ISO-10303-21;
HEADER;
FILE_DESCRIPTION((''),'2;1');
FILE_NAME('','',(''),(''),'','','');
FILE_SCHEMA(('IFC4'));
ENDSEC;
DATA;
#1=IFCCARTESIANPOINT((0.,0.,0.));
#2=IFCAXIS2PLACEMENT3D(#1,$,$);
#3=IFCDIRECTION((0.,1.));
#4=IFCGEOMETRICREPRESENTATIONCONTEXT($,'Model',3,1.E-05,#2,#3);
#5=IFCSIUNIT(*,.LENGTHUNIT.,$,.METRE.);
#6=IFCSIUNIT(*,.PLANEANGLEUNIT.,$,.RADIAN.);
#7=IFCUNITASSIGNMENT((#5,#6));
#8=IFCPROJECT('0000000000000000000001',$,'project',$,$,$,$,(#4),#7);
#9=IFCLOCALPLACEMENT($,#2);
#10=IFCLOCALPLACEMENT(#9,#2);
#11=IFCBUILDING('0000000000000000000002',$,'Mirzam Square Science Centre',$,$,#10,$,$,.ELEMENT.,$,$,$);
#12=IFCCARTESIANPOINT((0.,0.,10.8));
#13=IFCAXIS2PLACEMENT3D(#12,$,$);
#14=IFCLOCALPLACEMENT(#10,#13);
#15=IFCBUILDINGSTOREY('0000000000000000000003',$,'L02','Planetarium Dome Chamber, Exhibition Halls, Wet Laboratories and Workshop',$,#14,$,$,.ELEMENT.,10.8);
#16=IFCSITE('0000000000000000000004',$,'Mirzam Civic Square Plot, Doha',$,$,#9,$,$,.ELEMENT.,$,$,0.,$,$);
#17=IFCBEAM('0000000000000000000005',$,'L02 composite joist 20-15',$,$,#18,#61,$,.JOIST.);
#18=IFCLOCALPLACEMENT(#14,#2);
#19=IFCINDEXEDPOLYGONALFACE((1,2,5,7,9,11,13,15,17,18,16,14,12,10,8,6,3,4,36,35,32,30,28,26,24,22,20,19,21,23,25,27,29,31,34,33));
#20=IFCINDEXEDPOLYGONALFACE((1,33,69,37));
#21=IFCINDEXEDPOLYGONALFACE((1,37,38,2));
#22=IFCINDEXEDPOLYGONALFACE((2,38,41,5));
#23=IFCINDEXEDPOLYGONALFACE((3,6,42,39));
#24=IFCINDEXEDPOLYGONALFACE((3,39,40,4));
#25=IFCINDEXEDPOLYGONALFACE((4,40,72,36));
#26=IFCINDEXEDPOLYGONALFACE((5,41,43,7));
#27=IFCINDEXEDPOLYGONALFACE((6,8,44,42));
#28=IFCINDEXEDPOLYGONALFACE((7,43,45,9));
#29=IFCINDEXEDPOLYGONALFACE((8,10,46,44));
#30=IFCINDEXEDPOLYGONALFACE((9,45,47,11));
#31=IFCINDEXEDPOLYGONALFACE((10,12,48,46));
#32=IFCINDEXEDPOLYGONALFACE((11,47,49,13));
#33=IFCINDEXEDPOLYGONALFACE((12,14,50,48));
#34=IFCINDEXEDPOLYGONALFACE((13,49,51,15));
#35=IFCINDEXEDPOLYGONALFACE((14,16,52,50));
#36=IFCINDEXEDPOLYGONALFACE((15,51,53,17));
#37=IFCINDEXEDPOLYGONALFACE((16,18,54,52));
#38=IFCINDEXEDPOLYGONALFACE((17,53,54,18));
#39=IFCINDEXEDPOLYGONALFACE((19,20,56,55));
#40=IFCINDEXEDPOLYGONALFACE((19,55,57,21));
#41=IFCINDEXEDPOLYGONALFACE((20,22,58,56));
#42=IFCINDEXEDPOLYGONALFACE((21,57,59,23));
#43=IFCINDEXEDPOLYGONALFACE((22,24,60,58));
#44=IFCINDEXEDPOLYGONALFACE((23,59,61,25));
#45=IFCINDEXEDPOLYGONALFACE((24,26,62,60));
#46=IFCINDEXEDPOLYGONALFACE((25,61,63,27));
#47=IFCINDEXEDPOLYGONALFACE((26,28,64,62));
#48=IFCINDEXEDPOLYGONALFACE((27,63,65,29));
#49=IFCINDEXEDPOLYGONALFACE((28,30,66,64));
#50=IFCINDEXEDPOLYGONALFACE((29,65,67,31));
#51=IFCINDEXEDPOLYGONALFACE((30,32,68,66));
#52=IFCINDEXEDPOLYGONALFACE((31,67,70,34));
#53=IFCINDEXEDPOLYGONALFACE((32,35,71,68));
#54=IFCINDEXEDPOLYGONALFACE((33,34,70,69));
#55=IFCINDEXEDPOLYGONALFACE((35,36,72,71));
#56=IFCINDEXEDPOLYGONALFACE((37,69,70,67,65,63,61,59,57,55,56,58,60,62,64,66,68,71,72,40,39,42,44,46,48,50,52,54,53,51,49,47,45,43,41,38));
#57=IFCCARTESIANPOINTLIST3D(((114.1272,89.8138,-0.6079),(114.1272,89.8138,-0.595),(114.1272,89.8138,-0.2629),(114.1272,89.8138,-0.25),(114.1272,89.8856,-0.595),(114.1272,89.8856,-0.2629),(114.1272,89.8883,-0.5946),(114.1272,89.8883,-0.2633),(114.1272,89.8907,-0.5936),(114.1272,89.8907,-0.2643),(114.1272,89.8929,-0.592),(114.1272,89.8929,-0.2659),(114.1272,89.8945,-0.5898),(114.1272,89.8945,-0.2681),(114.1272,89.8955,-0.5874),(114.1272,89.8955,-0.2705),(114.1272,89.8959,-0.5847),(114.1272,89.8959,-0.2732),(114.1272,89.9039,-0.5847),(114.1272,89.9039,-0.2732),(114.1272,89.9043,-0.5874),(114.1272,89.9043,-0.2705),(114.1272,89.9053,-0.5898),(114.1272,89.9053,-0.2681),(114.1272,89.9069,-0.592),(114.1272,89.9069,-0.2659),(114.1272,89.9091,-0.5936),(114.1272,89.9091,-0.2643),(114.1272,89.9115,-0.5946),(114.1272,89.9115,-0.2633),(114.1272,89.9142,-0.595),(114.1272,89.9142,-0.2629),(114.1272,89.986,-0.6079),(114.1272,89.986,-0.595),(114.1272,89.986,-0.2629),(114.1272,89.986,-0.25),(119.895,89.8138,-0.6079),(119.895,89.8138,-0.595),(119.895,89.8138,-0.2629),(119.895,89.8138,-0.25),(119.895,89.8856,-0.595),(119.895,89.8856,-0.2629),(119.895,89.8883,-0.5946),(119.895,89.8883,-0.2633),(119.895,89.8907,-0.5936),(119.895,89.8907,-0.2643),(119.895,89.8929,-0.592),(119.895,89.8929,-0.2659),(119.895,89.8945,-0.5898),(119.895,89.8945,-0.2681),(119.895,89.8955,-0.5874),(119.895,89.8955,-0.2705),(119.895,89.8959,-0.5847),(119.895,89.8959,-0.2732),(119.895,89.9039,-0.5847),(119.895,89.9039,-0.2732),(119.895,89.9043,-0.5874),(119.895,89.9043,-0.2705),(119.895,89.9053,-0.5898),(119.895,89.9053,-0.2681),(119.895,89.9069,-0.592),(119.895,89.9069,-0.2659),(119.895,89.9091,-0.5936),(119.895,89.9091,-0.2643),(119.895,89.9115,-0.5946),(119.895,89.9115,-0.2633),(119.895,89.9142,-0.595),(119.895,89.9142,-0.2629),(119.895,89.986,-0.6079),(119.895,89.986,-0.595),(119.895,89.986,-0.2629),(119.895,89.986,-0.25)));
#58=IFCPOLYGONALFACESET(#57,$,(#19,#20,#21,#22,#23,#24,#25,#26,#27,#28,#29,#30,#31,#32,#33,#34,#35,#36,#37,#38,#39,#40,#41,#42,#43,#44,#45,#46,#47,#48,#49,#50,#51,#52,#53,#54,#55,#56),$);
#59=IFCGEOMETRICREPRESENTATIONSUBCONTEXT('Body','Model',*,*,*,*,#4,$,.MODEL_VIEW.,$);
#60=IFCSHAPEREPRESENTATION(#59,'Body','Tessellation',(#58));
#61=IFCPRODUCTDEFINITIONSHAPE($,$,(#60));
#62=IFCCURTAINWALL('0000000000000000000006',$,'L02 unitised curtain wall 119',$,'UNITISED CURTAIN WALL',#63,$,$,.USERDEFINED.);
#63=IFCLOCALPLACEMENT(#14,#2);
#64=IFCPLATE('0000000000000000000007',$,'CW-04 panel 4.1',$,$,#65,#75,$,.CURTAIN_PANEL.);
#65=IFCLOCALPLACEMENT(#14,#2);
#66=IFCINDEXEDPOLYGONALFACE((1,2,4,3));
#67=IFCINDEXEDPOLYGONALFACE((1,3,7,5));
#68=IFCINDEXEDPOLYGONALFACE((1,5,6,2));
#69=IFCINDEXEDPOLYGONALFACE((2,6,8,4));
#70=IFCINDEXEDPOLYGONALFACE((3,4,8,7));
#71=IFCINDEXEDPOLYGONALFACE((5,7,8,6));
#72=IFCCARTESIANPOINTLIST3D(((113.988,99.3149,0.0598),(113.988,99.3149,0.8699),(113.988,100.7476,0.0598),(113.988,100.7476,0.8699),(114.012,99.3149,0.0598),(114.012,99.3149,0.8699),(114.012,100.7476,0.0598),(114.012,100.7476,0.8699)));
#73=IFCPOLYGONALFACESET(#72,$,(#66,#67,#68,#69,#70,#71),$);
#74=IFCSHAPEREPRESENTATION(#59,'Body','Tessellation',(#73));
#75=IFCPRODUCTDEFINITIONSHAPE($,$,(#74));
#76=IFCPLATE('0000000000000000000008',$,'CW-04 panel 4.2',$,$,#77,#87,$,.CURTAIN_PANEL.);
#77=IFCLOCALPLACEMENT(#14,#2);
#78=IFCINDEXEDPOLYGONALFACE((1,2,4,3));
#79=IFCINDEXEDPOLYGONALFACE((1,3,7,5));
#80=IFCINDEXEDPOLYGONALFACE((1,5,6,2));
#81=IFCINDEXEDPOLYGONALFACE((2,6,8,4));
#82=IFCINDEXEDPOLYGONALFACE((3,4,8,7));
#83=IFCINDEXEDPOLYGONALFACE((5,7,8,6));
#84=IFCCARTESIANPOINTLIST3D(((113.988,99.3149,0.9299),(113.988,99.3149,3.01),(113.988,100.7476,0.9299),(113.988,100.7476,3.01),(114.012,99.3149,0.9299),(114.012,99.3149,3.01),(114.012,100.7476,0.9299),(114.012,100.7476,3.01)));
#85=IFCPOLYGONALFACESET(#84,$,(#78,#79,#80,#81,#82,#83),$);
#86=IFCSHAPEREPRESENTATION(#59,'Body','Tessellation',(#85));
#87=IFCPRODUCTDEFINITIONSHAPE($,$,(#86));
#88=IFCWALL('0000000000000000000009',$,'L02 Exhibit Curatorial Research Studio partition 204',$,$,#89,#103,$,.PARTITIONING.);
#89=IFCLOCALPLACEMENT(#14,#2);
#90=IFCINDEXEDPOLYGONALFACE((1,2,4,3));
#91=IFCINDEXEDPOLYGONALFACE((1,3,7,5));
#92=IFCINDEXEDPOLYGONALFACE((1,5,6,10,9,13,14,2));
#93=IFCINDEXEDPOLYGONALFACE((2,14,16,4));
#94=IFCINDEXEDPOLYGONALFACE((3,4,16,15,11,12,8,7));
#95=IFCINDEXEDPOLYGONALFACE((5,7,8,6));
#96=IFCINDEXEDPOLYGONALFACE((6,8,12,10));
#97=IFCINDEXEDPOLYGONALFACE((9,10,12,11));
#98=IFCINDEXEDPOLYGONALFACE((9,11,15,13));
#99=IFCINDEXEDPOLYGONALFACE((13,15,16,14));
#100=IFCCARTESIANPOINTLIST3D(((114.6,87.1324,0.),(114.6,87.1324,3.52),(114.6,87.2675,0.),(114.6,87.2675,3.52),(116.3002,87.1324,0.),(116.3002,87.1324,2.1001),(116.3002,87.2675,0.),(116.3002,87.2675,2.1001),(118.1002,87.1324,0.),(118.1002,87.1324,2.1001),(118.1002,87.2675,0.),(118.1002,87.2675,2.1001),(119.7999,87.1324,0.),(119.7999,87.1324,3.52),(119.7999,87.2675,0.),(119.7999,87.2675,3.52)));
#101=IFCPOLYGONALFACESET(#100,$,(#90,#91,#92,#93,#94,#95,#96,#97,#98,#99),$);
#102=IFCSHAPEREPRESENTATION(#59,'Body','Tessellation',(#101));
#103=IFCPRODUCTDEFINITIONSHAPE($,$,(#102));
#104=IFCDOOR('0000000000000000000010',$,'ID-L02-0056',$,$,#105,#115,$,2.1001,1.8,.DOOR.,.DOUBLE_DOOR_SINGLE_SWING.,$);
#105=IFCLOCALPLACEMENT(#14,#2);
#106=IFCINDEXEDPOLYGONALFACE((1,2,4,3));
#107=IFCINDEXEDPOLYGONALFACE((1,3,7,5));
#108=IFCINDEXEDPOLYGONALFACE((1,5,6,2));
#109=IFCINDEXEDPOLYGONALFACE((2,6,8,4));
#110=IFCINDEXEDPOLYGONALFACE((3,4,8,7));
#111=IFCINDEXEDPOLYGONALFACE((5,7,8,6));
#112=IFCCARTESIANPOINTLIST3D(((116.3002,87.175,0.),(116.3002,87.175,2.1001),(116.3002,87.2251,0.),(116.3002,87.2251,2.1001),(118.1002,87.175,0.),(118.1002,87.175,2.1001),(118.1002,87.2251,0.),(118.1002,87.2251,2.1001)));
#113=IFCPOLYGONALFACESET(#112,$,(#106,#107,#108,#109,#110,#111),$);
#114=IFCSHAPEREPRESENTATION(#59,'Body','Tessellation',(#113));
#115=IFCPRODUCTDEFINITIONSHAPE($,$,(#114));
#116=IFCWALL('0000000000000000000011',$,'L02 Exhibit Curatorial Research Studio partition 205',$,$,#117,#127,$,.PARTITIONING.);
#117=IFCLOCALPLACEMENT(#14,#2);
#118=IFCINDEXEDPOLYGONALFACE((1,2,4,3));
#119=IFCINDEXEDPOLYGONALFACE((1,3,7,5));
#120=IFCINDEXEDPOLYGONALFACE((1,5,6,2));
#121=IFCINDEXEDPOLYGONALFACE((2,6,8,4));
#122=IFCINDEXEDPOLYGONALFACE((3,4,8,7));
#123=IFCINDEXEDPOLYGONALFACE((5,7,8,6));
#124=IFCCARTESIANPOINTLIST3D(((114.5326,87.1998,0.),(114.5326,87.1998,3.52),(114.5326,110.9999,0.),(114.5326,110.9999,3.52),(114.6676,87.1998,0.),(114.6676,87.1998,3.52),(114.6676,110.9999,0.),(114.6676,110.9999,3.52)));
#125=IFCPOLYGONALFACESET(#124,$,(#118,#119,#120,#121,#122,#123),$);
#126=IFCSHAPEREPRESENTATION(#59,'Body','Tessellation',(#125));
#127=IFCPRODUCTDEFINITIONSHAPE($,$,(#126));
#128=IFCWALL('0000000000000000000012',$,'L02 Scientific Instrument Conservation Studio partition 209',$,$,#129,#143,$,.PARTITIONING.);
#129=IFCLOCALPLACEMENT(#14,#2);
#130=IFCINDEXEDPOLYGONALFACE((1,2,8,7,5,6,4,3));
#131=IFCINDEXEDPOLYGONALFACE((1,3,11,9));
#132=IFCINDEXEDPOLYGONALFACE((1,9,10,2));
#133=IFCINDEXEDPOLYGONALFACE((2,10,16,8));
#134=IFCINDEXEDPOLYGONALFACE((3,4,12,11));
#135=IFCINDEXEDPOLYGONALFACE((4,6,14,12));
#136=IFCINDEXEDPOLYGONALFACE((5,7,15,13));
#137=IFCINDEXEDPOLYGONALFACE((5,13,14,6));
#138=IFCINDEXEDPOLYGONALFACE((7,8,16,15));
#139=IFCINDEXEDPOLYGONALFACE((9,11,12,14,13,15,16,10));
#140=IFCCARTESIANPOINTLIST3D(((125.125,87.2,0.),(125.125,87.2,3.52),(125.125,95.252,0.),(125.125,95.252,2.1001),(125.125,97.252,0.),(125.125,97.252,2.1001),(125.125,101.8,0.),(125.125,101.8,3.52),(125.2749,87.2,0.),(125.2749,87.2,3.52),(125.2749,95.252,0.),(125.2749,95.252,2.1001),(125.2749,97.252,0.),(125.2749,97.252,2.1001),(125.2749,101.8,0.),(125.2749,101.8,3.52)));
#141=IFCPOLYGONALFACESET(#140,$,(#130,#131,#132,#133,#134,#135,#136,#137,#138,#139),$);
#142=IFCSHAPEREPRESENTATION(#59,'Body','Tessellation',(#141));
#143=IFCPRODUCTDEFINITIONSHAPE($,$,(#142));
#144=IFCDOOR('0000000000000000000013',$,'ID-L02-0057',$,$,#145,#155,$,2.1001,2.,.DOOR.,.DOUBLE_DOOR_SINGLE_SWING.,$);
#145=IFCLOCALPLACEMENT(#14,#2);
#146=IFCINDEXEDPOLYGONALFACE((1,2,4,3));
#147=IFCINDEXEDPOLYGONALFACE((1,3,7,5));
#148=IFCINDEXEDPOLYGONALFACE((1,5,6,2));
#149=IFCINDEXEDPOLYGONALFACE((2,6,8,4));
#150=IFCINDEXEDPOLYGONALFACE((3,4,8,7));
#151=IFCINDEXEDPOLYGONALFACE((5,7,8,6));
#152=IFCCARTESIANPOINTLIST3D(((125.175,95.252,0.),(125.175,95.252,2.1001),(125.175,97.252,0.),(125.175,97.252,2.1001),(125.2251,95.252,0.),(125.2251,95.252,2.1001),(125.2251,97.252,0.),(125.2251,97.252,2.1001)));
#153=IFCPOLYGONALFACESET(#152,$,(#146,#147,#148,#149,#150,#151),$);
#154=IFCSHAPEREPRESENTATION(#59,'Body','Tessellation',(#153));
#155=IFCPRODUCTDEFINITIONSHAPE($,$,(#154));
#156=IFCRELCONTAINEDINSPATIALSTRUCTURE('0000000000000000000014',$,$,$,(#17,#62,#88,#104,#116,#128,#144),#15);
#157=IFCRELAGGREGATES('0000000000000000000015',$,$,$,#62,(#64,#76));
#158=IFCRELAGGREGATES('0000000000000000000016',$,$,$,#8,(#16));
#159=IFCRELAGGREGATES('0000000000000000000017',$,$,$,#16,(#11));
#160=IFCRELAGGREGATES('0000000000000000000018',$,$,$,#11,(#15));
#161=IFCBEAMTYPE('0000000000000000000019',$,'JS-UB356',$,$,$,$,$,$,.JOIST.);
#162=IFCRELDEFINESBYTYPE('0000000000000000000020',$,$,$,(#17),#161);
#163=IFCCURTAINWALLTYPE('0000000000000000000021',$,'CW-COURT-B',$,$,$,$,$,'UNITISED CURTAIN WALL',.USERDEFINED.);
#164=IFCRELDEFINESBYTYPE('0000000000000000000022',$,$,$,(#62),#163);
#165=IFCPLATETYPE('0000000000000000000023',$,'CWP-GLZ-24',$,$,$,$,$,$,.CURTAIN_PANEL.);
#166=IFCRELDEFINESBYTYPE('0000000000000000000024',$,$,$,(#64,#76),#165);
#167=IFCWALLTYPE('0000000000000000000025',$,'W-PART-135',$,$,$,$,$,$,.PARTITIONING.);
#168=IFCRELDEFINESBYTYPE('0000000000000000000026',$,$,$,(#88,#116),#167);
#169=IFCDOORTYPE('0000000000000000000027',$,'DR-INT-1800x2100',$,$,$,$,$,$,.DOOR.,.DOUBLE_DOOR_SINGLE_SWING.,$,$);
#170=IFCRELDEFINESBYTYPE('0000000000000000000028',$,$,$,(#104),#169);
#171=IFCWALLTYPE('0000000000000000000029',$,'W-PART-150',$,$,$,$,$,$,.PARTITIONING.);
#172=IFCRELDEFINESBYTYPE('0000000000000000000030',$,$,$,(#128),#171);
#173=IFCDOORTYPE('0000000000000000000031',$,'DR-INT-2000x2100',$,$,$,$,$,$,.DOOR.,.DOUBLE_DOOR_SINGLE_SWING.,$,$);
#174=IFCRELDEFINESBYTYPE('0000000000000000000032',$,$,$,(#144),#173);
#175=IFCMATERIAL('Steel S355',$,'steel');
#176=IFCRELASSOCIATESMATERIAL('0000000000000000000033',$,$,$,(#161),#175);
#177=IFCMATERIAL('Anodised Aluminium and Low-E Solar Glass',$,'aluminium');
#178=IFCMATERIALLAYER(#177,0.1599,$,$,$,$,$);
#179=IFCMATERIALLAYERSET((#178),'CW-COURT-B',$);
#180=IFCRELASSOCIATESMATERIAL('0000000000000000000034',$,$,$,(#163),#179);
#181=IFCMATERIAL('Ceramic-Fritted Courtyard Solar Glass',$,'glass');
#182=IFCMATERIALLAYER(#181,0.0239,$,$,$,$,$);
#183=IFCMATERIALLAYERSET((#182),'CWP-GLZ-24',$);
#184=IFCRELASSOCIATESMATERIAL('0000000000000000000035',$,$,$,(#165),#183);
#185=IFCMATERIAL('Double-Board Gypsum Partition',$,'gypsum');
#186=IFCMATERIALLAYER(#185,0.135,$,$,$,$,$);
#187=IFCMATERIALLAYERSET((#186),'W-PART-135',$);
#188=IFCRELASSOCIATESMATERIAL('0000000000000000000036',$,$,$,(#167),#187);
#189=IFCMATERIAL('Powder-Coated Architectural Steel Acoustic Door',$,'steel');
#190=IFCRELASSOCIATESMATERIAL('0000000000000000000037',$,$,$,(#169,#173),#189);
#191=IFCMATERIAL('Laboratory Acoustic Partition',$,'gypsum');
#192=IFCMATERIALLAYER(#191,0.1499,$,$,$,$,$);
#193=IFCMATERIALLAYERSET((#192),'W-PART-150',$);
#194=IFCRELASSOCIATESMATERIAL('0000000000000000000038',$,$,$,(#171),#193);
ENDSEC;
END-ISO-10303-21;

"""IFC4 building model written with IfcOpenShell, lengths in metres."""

from ifc_helpers import new_model, si_unit, direction, frame, frame_2d, origin, origin_2d, place, context, subcontext, project, spatial, rectangle, i_section, extrude, material, layer, layer_set, material_profile, profile_set, type_object, element, fill, aggregate, save


model = new_model("IFC4")

# Units and contexts
model_context = context("Model", 3, precision=1e-05, world=origin(), true_north=direction((0.0, 1.0)))
body_context = subcontext(model_context, "Body", "Model", "MODEL_VIEW")
ifc_project = project(units=[si_unit("LENGTHUNIT", "METRE"), si_unit("PLANEANGLEUNIT", "RADIAN")], contexts=[model_context])

# Site, building, storey
site_placement = place(None, origin())
site = spatial("IfcSite", under=ifc_project, at=site_placement, Name="Mirzam Civic Square Plot, Doha", CompositionType="ELEMENT", RefElevation=0.0)
building_placement = place(site_placement, origin())
building = spatial("IfcBuilding", under=site, at=building_placement, Name="Mirzam Square Science Centre", CompositionType="ELEMENT")
storey_placement = place(building_placement, frame((0.0, 0.0, 10.8)))
storey = spatial("IfcBuildingStorey", under=building, at=storey_placement, Name="L02", Description="Planetarium Dome Chamber, Exhibition Halls, Wet Laboratories and Workshop", CompositionType="ELEMENT", Elevation=10.8)

# Shared definitions
ifc_material_1 = material(Name="Steel S355", Category="steel")

# Beam
ifc_material_profile_1 = material_profile(ifc_material_1, i_section(OverallWidth=0.1721, OverallDepth=0.3579, WebThickness=0.0081, FlangeThickness=0.0129, FilletRadius=0.0103, at=origin_2d()), Name="356x171x57UB")
ifc_profile_set_1 = profile_set([ifc_material_profile_1], Name="Steel S355")
beam_type_1 = type_object("IfcBeamType", Name="JS-UB356", PredefinedType="JOIST", material=ifc_profile_set_1)
beam_1_placement = place(storey_placement, frame((114.1272, 89.8999, -0.429), z_axis=(1.0, 0.0, 0.0), x_axis=(0.0, 1.0, 0.0)))
element("IfcBeam", 1, at=beam_1_placement, inside=storey, type_object=beam_type_1, Name="L02 composite joist 20-15", PredefinedType="JOIST", context=body_context, shape_type="SweptSolid", body=[
    extrude(i_section(OverallWidth=0.1721, OverallDepth=0.3579, WebThickness=0.0081, FlangeThickness=0.0129, FilletRadius=0.0103, at=origin_2d()), origin(), (0.0, 0.0, 1.0), 5.7678),
])

# Curtain wall, plates
ifc_material_2 = material(Name="Anodised Aluminium and Low-E Solar Glass", Category="aluminium")
ifc_layer_1 = layer(ifc_material_2, 0.1599)
ifc_layer_set_1 = layer_set([ifc_layer_1], Name="CW-COURT-B")
curtain_wall_type = type_object("IfcCurtainWallType", Name="CW-COURT-B", ElementType="UNITISED CURTAIN WALL", PredefinedType="USERDEFINED", material=ifc_layer_set_1)
curtain_wall_placement = place(storey_placement, origin())
curtain_wall = element("IfcCurtainWall", 2, at=curtain_wall_placement, inside=storey, type_object=curtain_wall_type, Name="L02 unitised curtain wall 119", ObjectType="UNITISED CURTAIN WALL", PredefinedType="USERDEFINED")
ifc_material_3 = material(Name="Ceramic-Fritted Courtyard Solar Glass", Category="glass")
ifc_layer_2 = layer(ifc_material_3, 0.0239)
ifc_layer_set_2 = layer_set([ifc_layer_2], Name="CWP-GLZ-24")
plate_type = type_object("IfcPlateType", Name="CWP-GLZ-24", PredefinedType="CURTAIN_PANEL", material=ifc_layer_set_2)
plate_1_placement = place(storey_placement, frame((114.0, 100.0312, 0.0598), z_axis=(0.0, 0.0, 1.0), x_axis=(0.0, -1.0, 0.0)))
plate_1 = element("IfcPlate", 3, at=plate_1_placement, type_object=plate_type, Name="CW-04 panel 4.1", PredefinedType="CURTAIN_PANEL", context=body_context, shape_type="SweptSolid", body=[
    extrude(rectangle(XDim=1.4326, YDim=0.0239, at=origin_2d()), origin(), (0.0, 0.0, 1.0), 0.8101),
])
plate_2_placement = place(storey_placement, frame((114.0, 100.0312, 0.9299), z_axis=(0.0, 0.0, 1.0), x_axis=(0.0, -1.0, 0.0)))
plate_2 = element("IfcPlate", 4, at=plate_2_placement, type_object=plate_type, Name="CW-04 panel 4.2", PredefinedType="CURTAIN_PANEL", context=body_context, shape_type="SweptSolid", body=[
    extrude(rectangle(XDim=1.4326, YDim=0.0239, at=origin_2d()), origin(), (0.0, 0.0, 1.0), 2.0801),
])
aggregate(curtain_wall, [plate_1, plate_2])

# Wall, opening, door
ifc_material_4 = material(Name="Double-Board Gypsum Partition", Category="gypsum")
ifc_layer_3 = layer(ifc_material_4, 0.135)
ifc_layer_set_3 = layer_set([ifc_layer_3], Name="W-PART-135")
wall_type_1 = type_object("IfcWallType", Name="W-PART-135", PredefinedType="PARTITIONING", material=ifc_layer_set_3)
wall_1_placement = place(storey_placement, frame((119.8, 87.2, 0.0), z_axis=(0.0, 0.0, 1.0), x_axis=(-1.0, 0.0, 0.0)))
wall_1 = element("IfcWall", 5, at=wall_1_placement, inside=storey, type_object=wall_type_1, Name="L02 Exhibit Curatorial Research Studio partition 204", PredefinedType="PARTITIONING", context=body_context, shape_type="SweptSolid", body=[
    extrude(rectangle(XDim=5.2, YDim=0.135, at=frame_2d((2.6001, 0.0))), origin(), (0.0, 0.0, 1.0), 3.52),
])
opening_1_placement = place(wall_1_placement, frame((1.7, 0.0, 0.0)))
opening_1 = element("IfcOpeningElement", 6, at=opening_1_placement, cuts=wall_1, PredefinedType="OPENING", context=body_context, shape_type="SweptSolid", body=[
    extrude(rectangle(XDim=1.8, YDim=2.1001, at=frame_2d((0.8999, 1.05))), frame((0.0, 0.0774, 0.0), z_axis=(0.0, -1.0, 0.0), x_axis=(1.0, 0.0, 0.0)), (0.0, 0.0, 1.0), 0.155),
])
ifc_material_5 = material(Name="Powder-Coated Architectural Steel Acoustic Door", Category="steel")
door_type_1 = type_object("IfcDoorType", Name="DR-INT-1800x2100", OperationType="DOUBLE_DOOR_SINGLE_SWING", PredefinedType="DOOR", material=ifc_material_5)
door_1_placement = place(opening_1_placement, origin())
door_1 = element("IfcDoor", 7, at=door_1_placement, inside=storey, type_object=door_type_1, Name="ID-L02-0056", OperationType="DOUBLE_DOOR_SINGLE_SWING", OverallHeight=2.1001, OverallWidth=1.8, PredefinedType="DOOR", context=body_context, shape_type="SweptSolid", body=[
    extrude(rectangle(XDim=1.8, YDim=2.1001, at=frame_2d((0.8999, 1.05))), frame((0.0, 0.0249, 0.0), z_axis=(0.0, -1.0, 0.0), x_axis=(1.0, 0.0, 0.0)), (0.0, 0.0, 1.0), 0.05),
])
fill(opening_1, door_1)

# Wall
wall_2_placement = place(storey_placement, frame((114.6001, 87.2, 0.0), z_axis=(0.0, 0.0, 1.0), x_axis=(0.0, 1.0, 0.0)))
element("IfcWall", 8, at=wall_2_placement, inside=storey, type_object=wall_type_1, Name="L02 Exhibit Curatorial Research Studio partition 205", PredefinedType="PARTITIONING", context=body_context, shape_type="SweptSolid", body=[
    extrude(rectangle(XDim=23.8, YDim=0.135, at=frame_2d((11.8999, 0.0))), origin(), (0.0, 0.0, 1.0), 3.52),
])

# Wall, opening, door
ifc_material_6 = material(Name="Laboratory Acoustic Partition", Category="gypsum")
ifc_layer_4 = layer(ifc_material_6, 0.1499)
ifc_layer_set_4 = layer_set([ifc_layer_4], Name="W-PART-150")
wall_type_2 = type_object("IfcWallType", Name="W-PART-150", PredefinedType="PARTITIONING", material=ifc_layer_set_4)
wall_3_placement = place(storey_placement, frame((125.2, 87.2, 0.0), z_axis=(0.0, 0.0, 1.0), x_axis=(0.0, 1.0, 0.0)))
wall_3 = element("IfcWall", 9, at=wall_3_placement, inside=storey, type_object=wall_type_2, Name="L02 Scientific Instrument Conservation Studio partition 209", PredefinedType="PARTITIONING", context=body_context, shape_type="SweptSolid", body=[
    extrude(rectangle(XDim=14.6001, YDim=0.1499, at=frame_2d((7.3, 0.0))), origin(), (0.0, 0.0, 1.0), 3.52),
])
opening_2_placement = place(wall_3_placement, frame((8.052, 0.0, 0.0)))
opening_2 = element("IfcOpeningElement", 10, at=opening_2_placement, cuts=wall_3, PredefinedType="OPENING", context=body_context, shape_type="SweptSolid", body=[
    extrude(rectangle(XDim=2.0, YDim=2.1001, at=frame_2d((1.0, 1.05))), frame((0.0, 0.085, 0.0), z_axis=(0.0, -1.0, 0.0), x_axis=(1.0, 0.0, 0.0)), (0.0, 0.0, 1.0), 0.1699),
])
door_type_2 = type_object("IfcDoorType", Name="DR-INT-2000x2100", OperationType="DOUBLE_DOOR_SINGLE_SWING", PredefinedType="DOOR", material=ifc_material_5)
door_2_placement = place(opening_2_placement, origin())
door_2 = element("IfcDoor", 11, at=door_2_placement, inside=storey, type_object=door_type_2, Name="ID-L02-0057", OperationType="DOUBLE_DOOR_SINGLE_SWING", OverallHeight=2.1001, OverallWidth=2.0, PredefinedType="DOOR", context=body_context, shape_type="SweptSolid", body=[
    extrude(rectangle(XDim=2.0, YDim=2.1001, at=frame_2d((1.0, 1.05))), frame((0.0, 0.0249, 0.0), z_axis=(0.0, -1.0, 0.0), x_axis=(1.0, 0.0, 0.0)), (0.0, 0.0, 1.0), 0.05),
])
fill(opening_2, door_2)

save(model, "model.ifc")
